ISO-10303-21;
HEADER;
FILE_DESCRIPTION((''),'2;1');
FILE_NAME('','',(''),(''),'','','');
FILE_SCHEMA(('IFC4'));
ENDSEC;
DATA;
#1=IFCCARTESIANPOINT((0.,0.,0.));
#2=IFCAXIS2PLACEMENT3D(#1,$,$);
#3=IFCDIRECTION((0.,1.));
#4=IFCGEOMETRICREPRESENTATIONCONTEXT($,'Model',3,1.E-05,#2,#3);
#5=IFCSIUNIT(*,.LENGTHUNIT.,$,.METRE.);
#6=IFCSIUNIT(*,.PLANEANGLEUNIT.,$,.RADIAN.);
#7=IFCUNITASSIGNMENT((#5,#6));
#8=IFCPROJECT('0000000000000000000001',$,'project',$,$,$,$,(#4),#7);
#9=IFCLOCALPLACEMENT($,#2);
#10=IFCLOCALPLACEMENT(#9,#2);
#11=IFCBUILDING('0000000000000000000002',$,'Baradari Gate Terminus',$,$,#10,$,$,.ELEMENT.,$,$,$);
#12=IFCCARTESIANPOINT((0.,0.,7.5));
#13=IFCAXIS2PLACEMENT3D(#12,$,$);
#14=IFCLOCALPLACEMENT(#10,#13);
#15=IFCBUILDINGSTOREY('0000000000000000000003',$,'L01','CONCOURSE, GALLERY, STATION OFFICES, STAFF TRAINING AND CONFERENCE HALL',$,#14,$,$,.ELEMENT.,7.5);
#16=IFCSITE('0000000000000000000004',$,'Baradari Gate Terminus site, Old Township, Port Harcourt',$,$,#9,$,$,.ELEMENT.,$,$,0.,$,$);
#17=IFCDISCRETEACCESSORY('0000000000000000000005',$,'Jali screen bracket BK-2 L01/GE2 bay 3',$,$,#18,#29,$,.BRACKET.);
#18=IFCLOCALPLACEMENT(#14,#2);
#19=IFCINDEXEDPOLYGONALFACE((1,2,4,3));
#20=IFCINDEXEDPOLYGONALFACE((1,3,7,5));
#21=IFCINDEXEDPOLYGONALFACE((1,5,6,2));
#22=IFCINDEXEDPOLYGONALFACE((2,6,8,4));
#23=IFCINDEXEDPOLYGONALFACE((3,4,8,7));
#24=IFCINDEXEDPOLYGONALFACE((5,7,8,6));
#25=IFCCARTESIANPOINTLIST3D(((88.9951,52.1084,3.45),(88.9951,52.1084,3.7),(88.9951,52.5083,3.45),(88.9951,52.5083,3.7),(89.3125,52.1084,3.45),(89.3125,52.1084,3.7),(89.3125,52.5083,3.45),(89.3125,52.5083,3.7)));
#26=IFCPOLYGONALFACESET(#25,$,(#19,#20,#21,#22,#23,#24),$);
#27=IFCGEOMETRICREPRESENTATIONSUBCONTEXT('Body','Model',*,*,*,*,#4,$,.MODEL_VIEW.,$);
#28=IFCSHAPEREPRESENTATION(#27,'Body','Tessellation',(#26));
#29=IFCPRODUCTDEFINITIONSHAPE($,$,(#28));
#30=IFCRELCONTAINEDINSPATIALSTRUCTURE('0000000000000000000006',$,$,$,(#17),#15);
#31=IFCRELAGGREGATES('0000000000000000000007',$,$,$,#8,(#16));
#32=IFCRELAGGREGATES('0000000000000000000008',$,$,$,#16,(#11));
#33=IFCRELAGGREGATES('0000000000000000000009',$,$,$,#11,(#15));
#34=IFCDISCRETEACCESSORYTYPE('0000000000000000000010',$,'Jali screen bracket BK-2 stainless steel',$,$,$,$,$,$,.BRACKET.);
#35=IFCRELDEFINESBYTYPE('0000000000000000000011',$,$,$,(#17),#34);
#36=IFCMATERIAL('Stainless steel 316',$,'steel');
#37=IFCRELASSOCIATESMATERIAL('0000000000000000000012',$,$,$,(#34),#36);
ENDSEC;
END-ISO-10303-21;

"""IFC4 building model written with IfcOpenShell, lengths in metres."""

from ifc_helpers import new_model, si_unit, direction, frame, origin, origin_2d, place, context, subcontext, project, spatial, rectangle, extrude, material, type_object, element, save


model = new_model("IFC4")

# Units and contexts
model_context = context("Model", 3, precision=1e-05, world=origin(), true_north=direction((0.0, 1.0)))
body_context = subcontext(model_context, "Body", "Model", "MODEL_VIEW")
ifc_project = project(units=[si_unit("LENGTHUNIT", "METRE"), si_unit("PLANEANGLEUNIT", "RADIAN")], contexts=[model_context])

# Site, building, storey
site_placement = place(None, origin())
site = spatial("IfcSite", under=ifc_project, at=site_placement, Name="Baradari Gate Terminus site, Old Township, Port Harcourt", CompositionType="ELEMENT", RefElevation=0.0)
building_placement = place(site_placement, origin())
building = spatial("IfcBuilding", under=site, at=building_placement, Name="Baradari Gate Terminus", CompositionType="ELEMENT")
storey_placement = place(building_placement, frame((0.0, 0.0, 7.5)))
storey = spatial("IfcBuildingStorey", under=building, at=storey_placement, Name="L01", Description="CONCOURSE, GALLERY, STATION OFFICES, STAFF TRAINING AND CONFERENCE HALL", CompositionType="ELEMENT", Elevation=7.5)

# Discrete accessory
ifc_material_1 = material(Name="Stainless steel 316", Category="steel")
discrete_accessory_type = type_object("IfcDiscreteAccessoryType", Name="Jali screen bracket BK-2 stainless steel", PredefinedType="BRACKET", material=ifc_material_1)
for number, where, z_axis, x_axis, name in (
    (1, (89.1538, 52.3083, 3.45), (0.0, 0.0, 1.0), (1.0, 0.0, 0.0), "Jali screen bracket BK-2 L01/GE2 bay 3"),
):
    element("IfcDiscreteAccessory", number, at=place(storey_placement, frame(where, z_axis=z_axis, x_axis=x_axis)), inside=storey, type_object=discrete_accessory_type, Name=name, PredefinedType="BRACKET", context=body_context, shape_type="SweptSolid", body=[
        extrude(rectangle(XDim=0.3174, YDim=0.3999, at=origin_2d()), origin(), (0.0, 0.0, 1.0), 0.25),
    ])

save(model, "model.ifc")
